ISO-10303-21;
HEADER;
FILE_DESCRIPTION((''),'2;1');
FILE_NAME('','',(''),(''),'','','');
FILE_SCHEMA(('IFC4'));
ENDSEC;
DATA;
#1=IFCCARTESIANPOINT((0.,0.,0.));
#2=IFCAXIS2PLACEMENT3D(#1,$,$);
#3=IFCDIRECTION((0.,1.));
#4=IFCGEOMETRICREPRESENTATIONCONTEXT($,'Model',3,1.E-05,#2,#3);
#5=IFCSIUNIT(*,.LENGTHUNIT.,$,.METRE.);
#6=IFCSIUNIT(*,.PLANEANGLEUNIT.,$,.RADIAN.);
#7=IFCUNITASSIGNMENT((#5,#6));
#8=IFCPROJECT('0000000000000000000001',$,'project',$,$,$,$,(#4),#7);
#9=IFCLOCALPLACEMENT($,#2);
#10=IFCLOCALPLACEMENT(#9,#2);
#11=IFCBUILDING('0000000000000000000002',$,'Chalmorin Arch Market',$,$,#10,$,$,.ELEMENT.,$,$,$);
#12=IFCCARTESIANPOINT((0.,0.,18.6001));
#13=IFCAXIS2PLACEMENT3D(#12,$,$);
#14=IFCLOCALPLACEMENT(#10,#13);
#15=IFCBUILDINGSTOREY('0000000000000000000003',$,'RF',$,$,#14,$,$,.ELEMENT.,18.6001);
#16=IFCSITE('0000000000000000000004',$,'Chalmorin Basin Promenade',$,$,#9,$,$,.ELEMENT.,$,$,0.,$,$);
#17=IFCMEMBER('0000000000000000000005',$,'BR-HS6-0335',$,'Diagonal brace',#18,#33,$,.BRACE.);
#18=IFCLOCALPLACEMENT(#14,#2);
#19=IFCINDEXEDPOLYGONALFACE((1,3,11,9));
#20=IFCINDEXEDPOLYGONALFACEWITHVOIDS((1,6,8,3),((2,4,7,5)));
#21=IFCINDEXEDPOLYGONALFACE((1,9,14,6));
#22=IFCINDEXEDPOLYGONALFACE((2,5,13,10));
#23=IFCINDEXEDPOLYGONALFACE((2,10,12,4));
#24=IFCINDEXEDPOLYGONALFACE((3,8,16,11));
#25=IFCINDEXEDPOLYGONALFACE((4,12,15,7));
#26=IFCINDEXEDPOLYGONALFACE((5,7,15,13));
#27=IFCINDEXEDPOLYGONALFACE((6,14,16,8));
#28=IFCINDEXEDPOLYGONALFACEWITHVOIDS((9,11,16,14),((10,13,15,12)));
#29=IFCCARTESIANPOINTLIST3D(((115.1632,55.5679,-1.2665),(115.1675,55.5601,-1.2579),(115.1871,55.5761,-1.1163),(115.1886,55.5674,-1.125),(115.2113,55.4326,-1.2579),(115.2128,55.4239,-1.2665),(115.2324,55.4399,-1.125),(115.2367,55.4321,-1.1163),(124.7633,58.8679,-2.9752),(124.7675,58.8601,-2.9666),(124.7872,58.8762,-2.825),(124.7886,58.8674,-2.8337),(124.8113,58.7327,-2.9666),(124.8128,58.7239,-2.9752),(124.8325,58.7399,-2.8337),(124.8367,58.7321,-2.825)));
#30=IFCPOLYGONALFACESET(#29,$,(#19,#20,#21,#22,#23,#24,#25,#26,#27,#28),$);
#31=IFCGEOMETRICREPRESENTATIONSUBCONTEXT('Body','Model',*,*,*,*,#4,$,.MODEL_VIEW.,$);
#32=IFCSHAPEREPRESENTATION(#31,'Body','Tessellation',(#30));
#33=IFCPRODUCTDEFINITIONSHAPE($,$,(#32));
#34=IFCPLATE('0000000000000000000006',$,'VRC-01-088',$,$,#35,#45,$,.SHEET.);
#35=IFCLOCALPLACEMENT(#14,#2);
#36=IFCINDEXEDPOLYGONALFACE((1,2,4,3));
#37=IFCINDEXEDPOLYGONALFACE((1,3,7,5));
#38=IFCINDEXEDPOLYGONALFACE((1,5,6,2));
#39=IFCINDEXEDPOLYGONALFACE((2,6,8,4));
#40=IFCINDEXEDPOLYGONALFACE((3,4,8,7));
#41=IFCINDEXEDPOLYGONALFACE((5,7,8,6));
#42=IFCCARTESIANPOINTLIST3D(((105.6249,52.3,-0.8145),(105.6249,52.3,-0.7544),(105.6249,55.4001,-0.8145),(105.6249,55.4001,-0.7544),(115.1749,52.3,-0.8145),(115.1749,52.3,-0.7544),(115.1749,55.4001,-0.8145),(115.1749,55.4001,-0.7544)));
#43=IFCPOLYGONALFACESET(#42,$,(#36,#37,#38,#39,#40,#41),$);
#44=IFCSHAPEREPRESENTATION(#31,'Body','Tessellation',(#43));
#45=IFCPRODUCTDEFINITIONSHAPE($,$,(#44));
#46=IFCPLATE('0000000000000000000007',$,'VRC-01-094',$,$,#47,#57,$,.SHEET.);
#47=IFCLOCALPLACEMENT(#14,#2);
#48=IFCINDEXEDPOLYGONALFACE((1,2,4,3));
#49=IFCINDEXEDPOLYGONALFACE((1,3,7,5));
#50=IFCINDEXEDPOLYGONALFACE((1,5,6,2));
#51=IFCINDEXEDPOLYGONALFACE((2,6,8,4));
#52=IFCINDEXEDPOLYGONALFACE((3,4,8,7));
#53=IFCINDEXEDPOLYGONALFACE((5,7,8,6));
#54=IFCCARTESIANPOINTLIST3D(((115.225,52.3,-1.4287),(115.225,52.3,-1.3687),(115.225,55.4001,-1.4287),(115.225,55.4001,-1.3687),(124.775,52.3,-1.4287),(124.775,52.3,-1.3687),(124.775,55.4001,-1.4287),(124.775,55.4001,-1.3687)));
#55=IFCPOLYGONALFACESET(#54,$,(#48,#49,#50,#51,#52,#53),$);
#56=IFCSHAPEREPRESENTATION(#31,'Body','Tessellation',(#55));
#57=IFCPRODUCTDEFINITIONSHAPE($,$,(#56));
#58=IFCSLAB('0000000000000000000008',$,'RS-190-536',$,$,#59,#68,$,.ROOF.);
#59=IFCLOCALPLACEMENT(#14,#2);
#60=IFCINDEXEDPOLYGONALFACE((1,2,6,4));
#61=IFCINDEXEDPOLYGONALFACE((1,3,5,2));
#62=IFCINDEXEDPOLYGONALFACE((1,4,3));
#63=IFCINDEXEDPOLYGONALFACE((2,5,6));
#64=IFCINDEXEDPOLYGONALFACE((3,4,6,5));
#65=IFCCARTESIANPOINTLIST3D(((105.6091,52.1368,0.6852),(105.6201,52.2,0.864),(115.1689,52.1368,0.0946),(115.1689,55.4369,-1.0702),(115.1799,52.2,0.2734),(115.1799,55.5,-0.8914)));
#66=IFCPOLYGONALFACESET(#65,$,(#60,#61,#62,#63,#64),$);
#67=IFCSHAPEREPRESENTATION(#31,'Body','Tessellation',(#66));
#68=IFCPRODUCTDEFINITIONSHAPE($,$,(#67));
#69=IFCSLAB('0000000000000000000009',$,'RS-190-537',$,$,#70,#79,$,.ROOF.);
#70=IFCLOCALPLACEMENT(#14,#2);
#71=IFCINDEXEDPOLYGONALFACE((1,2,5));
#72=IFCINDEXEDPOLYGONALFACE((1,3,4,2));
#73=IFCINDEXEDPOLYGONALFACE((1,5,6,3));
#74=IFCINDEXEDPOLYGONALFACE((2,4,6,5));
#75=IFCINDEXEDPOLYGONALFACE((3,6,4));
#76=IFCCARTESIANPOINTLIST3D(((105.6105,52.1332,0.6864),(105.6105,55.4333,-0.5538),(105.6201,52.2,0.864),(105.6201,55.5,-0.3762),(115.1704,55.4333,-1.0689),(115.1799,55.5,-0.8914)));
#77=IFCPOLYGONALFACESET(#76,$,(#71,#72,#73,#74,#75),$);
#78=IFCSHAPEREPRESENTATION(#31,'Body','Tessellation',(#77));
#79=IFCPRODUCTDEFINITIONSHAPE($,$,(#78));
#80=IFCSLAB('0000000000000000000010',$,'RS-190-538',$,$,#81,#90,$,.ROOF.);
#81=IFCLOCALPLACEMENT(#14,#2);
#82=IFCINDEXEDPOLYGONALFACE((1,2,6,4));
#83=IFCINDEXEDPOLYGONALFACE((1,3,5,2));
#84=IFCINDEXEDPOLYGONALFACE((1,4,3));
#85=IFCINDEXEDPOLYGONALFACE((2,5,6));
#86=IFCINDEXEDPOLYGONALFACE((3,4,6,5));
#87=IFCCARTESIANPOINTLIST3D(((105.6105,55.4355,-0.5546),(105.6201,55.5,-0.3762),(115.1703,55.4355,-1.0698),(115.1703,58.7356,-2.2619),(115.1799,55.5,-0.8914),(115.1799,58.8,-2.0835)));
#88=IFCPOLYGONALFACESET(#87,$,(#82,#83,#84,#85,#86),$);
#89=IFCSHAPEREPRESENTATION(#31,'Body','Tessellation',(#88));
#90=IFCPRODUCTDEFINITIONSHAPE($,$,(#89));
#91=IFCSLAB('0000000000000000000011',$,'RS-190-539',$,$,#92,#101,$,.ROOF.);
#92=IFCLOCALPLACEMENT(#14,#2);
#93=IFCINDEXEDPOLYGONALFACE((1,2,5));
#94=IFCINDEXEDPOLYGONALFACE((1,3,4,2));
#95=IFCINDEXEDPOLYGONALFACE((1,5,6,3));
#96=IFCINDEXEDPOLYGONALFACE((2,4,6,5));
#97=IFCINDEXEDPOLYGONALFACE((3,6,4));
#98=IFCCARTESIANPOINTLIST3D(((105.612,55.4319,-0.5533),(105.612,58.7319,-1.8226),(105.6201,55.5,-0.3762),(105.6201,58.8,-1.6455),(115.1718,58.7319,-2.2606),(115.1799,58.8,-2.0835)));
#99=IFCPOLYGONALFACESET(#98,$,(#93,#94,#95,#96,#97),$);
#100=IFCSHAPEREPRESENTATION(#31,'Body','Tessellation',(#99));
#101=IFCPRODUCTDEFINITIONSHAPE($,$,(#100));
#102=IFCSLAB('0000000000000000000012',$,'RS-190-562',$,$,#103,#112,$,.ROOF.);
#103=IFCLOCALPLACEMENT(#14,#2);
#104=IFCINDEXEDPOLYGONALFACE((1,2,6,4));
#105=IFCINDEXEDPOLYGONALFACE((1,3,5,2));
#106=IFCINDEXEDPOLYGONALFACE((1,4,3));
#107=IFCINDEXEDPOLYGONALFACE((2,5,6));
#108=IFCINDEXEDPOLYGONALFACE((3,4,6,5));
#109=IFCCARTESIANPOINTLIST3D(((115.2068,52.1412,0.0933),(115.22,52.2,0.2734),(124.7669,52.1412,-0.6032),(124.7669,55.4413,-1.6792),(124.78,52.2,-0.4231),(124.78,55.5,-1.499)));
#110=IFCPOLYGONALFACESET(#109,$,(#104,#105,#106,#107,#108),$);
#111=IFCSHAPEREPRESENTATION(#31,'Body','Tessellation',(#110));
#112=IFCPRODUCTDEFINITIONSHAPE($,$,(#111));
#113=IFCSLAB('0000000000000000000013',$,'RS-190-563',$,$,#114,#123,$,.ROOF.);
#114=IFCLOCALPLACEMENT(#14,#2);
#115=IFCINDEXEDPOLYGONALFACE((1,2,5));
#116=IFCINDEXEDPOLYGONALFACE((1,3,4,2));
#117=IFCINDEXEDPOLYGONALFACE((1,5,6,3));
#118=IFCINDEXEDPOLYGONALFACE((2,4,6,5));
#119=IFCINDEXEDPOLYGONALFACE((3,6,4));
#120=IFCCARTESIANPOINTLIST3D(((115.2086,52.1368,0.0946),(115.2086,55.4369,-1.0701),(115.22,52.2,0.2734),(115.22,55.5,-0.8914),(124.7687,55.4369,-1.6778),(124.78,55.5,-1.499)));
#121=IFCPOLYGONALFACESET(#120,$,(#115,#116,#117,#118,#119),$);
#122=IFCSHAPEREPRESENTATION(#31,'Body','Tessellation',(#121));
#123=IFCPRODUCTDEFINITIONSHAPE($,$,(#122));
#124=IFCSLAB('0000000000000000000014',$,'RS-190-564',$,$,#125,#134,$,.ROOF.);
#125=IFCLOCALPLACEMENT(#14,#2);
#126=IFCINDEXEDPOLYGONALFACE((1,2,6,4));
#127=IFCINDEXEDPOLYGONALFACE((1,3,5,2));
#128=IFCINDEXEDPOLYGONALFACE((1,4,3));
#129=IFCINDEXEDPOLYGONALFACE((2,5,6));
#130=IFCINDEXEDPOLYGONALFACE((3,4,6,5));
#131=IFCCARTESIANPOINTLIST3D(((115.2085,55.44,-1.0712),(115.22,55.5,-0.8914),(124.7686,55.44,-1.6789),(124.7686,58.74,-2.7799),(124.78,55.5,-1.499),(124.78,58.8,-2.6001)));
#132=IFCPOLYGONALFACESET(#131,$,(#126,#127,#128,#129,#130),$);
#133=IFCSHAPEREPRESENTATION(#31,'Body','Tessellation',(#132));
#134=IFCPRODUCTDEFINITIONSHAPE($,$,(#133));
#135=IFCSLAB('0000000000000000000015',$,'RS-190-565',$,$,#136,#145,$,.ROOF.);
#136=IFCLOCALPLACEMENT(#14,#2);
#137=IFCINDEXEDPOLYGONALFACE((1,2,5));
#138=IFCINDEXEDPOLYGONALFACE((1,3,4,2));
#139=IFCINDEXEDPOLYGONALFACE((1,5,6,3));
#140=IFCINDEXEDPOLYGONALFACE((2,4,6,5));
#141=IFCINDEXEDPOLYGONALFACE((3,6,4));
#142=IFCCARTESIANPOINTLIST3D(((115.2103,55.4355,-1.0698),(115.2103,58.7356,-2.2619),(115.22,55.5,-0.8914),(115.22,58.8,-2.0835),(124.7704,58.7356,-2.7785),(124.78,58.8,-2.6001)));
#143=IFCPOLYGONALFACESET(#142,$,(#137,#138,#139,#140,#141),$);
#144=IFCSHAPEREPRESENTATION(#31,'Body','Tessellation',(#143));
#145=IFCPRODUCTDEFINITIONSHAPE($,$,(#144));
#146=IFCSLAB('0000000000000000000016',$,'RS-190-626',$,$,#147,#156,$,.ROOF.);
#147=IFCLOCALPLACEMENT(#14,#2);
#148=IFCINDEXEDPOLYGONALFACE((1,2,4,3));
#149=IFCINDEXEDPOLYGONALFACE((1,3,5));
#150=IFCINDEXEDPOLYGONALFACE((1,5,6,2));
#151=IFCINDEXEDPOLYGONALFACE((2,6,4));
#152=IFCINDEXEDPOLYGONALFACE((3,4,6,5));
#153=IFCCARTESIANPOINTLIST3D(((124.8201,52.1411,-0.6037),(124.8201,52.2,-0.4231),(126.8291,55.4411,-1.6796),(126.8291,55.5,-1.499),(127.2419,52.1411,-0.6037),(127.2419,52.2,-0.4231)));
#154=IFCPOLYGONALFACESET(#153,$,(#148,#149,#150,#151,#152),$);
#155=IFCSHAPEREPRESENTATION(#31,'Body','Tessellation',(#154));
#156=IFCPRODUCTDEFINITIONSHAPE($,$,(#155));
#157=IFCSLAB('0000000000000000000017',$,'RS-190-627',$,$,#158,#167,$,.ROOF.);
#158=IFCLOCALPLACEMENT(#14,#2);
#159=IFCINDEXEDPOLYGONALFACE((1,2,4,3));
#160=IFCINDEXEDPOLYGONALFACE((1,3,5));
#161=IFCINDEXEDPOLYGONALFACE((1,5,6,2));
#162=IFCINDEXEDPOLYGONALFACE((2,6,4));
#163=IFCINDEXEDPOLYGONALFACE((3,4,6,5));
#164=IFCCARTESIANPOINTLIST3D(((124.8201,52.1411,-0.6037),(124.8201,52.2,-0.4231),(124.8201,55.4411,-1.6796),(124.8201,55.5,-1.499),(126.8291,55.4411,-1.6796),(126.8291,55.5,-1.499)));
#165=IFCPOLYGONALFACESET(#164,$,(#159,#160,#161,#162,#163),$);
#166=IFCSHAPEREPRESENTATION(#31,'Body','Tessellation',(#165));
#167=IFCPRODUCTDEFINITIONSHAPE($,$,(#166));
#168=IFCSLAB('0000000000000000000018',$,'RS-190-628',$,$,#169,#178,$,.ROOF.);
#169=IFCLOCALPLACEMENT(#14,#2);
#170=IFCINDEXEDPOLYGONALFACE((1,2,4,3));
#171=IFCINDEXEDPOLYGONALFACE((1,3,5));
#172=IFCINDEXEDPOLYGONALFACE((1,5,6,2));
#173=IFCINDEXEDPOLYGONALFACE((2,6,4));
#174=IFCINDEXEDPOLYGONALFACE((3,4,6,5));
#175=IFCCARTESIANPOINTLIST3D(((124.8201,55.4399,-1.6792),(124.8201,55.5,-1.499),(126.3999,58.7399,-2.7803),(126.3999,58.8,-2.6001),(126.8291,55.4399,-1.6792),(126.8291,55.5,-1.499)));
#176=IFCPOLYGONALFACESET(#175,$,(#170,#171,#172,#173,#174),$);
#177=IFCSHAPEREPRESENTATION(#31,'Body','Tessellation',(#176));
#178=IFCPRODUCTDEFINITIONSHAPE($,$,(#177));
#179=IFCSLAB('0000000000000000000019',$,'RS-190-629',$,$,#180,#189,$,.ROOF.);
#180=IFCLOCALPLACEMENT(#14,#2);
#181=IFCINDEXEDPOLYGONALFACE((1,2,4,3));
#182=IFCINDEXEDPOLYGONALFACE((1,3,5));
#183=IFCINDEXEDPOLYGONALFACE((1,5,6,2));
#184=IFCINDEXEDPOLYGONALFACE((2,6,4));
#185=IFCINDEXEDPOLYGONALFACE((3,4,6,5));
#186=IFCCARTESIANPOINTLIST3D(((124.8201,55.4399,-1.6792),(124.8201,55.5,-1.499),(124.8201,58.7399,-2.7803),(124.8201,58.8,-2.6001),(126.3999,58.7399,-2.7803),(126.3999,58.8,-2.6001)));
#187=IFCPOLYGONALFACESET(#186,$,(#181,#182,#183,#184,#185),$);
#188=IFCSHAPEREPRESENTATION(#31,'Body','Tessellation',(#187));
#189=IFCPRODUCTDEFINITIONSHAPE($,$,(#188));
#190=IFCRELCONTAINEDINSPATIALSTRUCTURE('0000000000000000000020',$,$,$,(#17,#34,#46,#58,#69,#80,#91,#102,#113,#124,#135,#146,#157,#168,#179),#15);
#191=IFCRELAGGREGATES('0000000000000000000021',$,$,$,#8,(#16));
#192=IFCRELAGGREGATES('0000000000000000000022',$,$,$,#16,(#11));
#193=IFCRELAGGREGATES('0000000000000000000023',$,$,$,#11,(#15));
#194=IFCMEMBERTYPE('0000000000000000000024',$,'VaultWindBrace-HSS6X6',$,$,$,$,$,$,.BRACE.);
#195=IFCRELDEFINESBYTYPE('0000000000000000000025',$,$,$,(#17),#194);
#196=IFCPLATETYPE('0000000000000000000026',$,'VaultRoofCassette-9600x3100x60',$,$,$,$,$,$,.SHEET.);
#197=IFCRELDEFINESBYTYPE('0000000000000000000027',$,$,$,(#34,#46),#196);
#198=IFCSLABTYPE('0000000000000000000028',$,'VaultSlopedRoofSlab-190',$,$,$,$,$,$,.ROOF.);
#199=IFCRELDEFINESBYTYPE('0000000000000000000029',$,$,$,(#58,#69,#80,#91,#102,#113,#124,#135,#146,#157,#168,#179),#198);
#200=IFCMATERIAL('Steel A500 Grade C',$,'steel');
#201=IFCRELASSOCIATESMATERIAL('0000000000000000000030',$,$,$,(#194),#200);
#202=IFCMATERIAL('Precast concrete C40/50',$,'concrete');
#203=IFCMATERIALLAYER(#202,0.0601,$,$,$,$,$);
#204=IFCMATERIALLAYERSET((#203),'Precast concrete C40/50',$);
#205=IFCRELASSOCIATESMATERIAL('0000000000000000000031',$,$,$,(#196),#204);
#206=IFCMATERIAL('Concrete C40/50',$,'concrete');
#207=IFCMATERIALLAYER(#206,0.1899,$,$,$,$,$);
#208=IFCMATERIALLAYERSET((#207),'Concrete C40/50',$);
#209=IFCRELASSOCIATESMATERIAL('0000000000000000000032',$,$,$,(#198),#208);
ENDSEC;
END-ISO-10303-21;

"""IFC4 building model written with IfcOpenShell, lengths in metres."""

from ifc_helpers import new_model, si_unit, direction, frame, origin, origin_2d, place, context, subcontext, project, spatial, polyline, rectangle, hollow_rectangle, outline, extrude, material, layer, layer_set, material_profile, profile_set, type_object, element, save


model = new_model("IFC4")

# Units and contexts
model_context = context("Model", 3, precision=1e-05, world=origin(), true_north=direction((0.0, 1.0)))
body_context = subcontext(model_context, "Body", "Model", "MODEL_VIEW")
ifc_project = project(units=[si_unit("LENGTHUNIT", "METRE"), si_unit("PLANEANGLEUNIT", "RADIAN")], contexts=[model_context])

# Site, building, storey
site_placement = place(None, origin())
site = spatial("IfcSite", under=ifc_project, at=site_placement, Name="Chalmorin Basin Promenade", CompositionType="ELEMENT", RefElevation=0.0)
building_placement = place(site_placement, origin())
building = spatial("IfcBuilding", under=site, at=building_placement, Name="Chalmorin Arch Market", CompositionType="ELEMENT")
storey_placement = place(building_placement, frame((0.0, 0.0, 18.6001)))
storey = spatial("IfcBuildingStorey", under=building, at=storey_placement, Name="RF", CompositionType="ELEMENT", Elevation=18.6001)

# Shared definitions
ifc_material_1 = material(Name="Steel A500 Grade C", Category="steel")

# Member
ifc_material_profile_1 = material_profile(ifc_material_1, hollow_rectangle(XDim=0.1523, YDim=0.1523, WallThickness=0.0088, at=origin_2d()), Name="HSS6X6X3/8")
ifc_profile_set_1 = profile_set([ifc_material_profile_1], Name="Steel A500 Grade C")
member_type_1 = type_object("IfcMemberType", Name="VaultWindBrace-HSS6X6", PredefinedType="BRACE", material=ifc_profile_set_1)
member_1_placement = place(storey_placement, frame((115.2, 55.5, -1.1914), z_axis=(0.932567, 0.320571, -0.165989), x_axis=(-0.325081, 0.945686, 0.0)))
element("IfcMember", 1, at=member_1_placement, inside=storey, type_object=member_type_1, Name="BR-HS6-0335", ObjectType="Diagonal brace", PredefinedType="BRACE", context=body_context, shape_type="SweptSolid", body=[
    extrude(hollow_rectangle(XDim=0.1523, YDim=0.1523, WallThickness=0.0088, at=origin_2d()), origin(), (0.0, 0.0, 1.0), 10.2942),
])

# Plates
ifc_material_2 = material(Name="Precast concrete C40/50", Category="concrete")
ifc_layer_1 = layer(ifc_material_2, 0.0601)
ifc_layer_set_1 = layer_set([ifc_layer_1], Name="Precast concrete C40/50")
plate_type = type_object("IfcPlateType", Name="VaultRoofCassette-9600x3100x60", PredefinedType="SHEET", material=ifc_layer_set_1)
for number, where, z_axis, x_axis, name in (
    (2, (110.3999, 53.8501, -0.8145), (0.0, 0.0, 1.0), (1.0, 0.0, 0.0), "VRC-01-088"),
    (3, (120.0, 53.8501, -1.4287), (0.0, 0.0, 1.0), (1.0, 0.0, 0.0), "VRC-01-094"),
):
    element("IfcPlate", number, at=place(storey_placement, frame(where, z_axis=z_axis, x_axis=x_axis)), inside=storey, type_object=plate_type, Name=name, PredefinedType="SHEET", context=body_context, shape_type="SweptSolid", body=[
        extrude(rectangle(XDim=9.55, YDim=3.1001, at=origin_2d()), origin(), (0.0, 0.0, 1.0), 0.0601),
    ])

# Slabs
ifc_material_3 = material(Name="Concrete C40/50", Category="concrete")
ifc_layer_2 = layer(ifc_material_3, 0.1899)
ifc_layer_set_2 = layer_set([ifc_layer_2], Name="Concrete C40/50")
slab_type = type_object("IfcSlabType", Name="VaultSlopedRoofSlab-190", PredefinedType="ROOF", material=ifc_layer_set_2)
slab_1_placement = place(storey_placement, frame((105.6201, 52.2, 0.864), z_axis=(0.058156, 0.332275, 0.941388), x_axis=(0.998097, 0.0, -0.061659)))
element("IfcSlab", 4, at=slab_1_placement, inside=storey, type_object=slab_type, Name="RS-190-536", PredefinedType="ROOF", context=body_context, shape_type="SweptSolid", body=[
    extrude(outline(polyline([(0.0, 0.0), (9.578, 0.0), (9.6499, 3.4988), (0.0, 0.0)])), origin(), (0.0, 0.0, -1.0), 0.1899),
])
slab_2_placement = place(storey_placement, frame((105.6201, 52.2, 0.864), z_axis=(0.050377, 0.351352, 0.934887), x_axis=(0.93134, 0.321499, -0.171012)))
element("IfcSlab", 5, at=slab_2_placement, inside=storey, type_object=slab_type, Name="RS-190-537", PredefinedType="ROOF", context=body_context, shape_type="SweptSolid", body=[
    extrude(outline(polyline([(0.0, 0.0), (10.2646, 0.0), (1.2731, 3.2875), (0.0, 0.0)])), origin(), (0.0, 0.0, -1.0), 0.1899),
])
slab_3_placement = place(storey_placement, frame((105.6201, 55.5, -0.3762), z_axis=(0.050615, 0.339324, 0.939307), x_axis=(0.998551, 0.0, -0.053808)))
element("IfcSlab", 6, at=slab_3_placement, inside=storey, type_object=slab_type, Name="RS-190-538", PredefinedType="ROOF", context=body_context, shape_type="SweptSolid", body=[
    extrude(outline(polyline([(0.0, 0.0), (9.5737, 0.0), (9.6378, 3.5082), (0.0, 0.0)])), origin(), (0.0, 0.0, -1.0), 0.1899),
])
slab_4_placement = place(storey_placement, frame((105.6201, 55.5, -0.3762), z_axis=(0.042723, 0.358661, 0.93249), x_axis=(0.932077, 0.321753, -0.166458)))
element("IfcSlab", 7, at=slab_4_placement, inside=storey, type_object=slab_type, Name="RS-190-539", PredefinedType="ROOF", context=body_context, shape_type="SweptSolid", body=[
    extrude(outline(polyline([(0.0, 0.0), (10.2565, 0.0), (1.2731, 3.2986), (0.0, 0.0)])), origin(), (0.0, 0.0, -1.0), 0.1899),
])
slab_5_placement = place(storey_placement, frame((115.22, 52.2, 0.2734), z_axis=(0.069104, 0.309234, 0.948472), x_axis=(0.997356, 0.0, -0.072666)))
element("IfcSlab", 8, at=slab_5_placement, inside=storey, type_object=slab_type, Name="RS-190-562", PredefinedType="ROOF", context=body_context, shape_type="SweptSolid", body=[
    extrude(outline(polyline([(0.0, 0.0), (9.5854, 0.0), (9.6636, 3.4701), (0.0, 0.0)])), origin(), (0.0, 0.0, -1.0), 0.1899),
])
slab_6_placement = place(storey_placement, frame((115.22, 52.2, 0.2734), z_axis=(0.059832, 0.332242, 0.941295), x_axis=(0.931076, 0.321399, -0.172624)))
element("IfcSlab", 9, at=slab_6_placement, inside=storey, type_object=slab_type, Name="RS-190-563", PredefinedType="ROOF", context=body_context, shape_type="SweptSolid", body=[
    extrude(outline(polyline([(0.0, 0.0), (10.2677, 0.0), (1.2617, 3.2642), (0.0, 0.0)])), origin(), (0.0, 0.0, -1.0), 0.1899),
])
slab_7_placement = place(storey_placement, frame((115.22, 55.5, -0.8914), z_axis=(0.060186, 0.315928, 0.946872), x_axis=(0.997986, 0.0, -0.063435)))
element("IfcSlab", 10, at=slab_7_placement, inside=storey, type_object=slab_type, Name="RS-190-564", PredefinedType="ROOF", context=body_context, shape_type="SweptSolid", body=[
    extrude(outline(polyline([(0.0, 0.0), (9.5794, 0.0), (9.6492, 3.4782), (0.0, 0.0)])), origin(), (0.0, 0.0, -1.0), 0.1899),
])
slab_8_placement = place(storey_placement, frame((115.22, 55.5, -0.8914), z_axis=(0.050757, 0.339321, 0.9393), x_axis=(0.932057, 0.321738, -0.166594)))
element("IfcSlab", 11, at=slab_8_placement, inside=storey, type_object=slab_type, Name="RS-190-565", PredefinedType="ROOF", context=body_context, shape_type="SweptSolid", body=[
    extrude(outline(polyline([(0.0, 0.0), (10.2569, 0.0), (1.2604, 3.2746), (0.0, 0.0)])), origin(), (0.0, 0.0, -1.0), 0.1899),
])
slab_9_placement = place(storey_placement, frame((124.8201, 52.2, -0.4231), z_axis=(0.0, 0.309975, 0.950745), x_axis=(1.0, 0.0, 0.0)))
element("IfcSlab", 12, at=slab_9_placement, inside=storey, type_object=slab_type, Name="RS-190-626", PredefinedType="ROOF", context=body_context, shape_type="SweptSolid", body=[
    extrude(outline(polyline([(0.0, 0.0), (2.4219, 0.0), (2.009, 3.471), (0.0, 0.0)])), origin(), (0.0, 0.0, -1.0), 0.1899),
])
slab_10_placement = place(storey_placement, frame((124.8201, 52.2, -0.4231), z_axis=(0.0, 0.309975, 0.950745), x_axis=(0.500943, 0.822851, -0.268277)))
element("IfcSlab", 13, at=slab_10_placement, inside=storey, type_object=slab_type, Name="RS-190-627", PredefinedType="ROOF", context=body_context, shape_type="SweptSolid", body=[
    extrude(outline(polyline([(0.0, 0.0), (4.0105, 0.0), (3.0041, 1.7388), (0.0, 0.0)])), origin(), (0.0, 0.0, -1.0), 0.1899),
])
slab_11_placement = place(storey_placement, frame((124.8201, 55.5, -1.499), z_axis=(0.0, 0.316501, 0.948592), x_axis=(1.0, 0.0, 0.0)))
element("IfcSlab", 14, at=slab_11_placement, inside=storey, type_object=slab_type, Name="RS-190-628", PredefinedType="ROOF", context=body_context, shape_type="SweptSolid", body=[
    extrude(outline(polyline([(0.0, 0.0), (2.009, 0.0), (1.5798, 3.4789), (0.0, 0.0)])), origin(), (0.0, 0.0, -1.0), 0.1899),
])
slab_12_placement = place(storey_placement, frame((124.8201, 55.5, -1.499), z_axis=(0.0, 0.316501, 0.948592), x_axis=(0.413482, 0.863705, -0.288178)))
element("IfcSlab", 15, at=slab_12_placement, inside=storey, type_object=slab_type, Name="RS-190-629", PredefinedType="ROOF", context=body_context, shape_type="SweptSolid", body=[
    extrude(outline(polyline([(0.0, 0.0), (3.8208, 0.0), (3.1676, 1.4385), (0.0, 0.0)])), origin(), (0.0, 0.0, -1.0), 0.1899),
])

save(model, "model.ifc")
